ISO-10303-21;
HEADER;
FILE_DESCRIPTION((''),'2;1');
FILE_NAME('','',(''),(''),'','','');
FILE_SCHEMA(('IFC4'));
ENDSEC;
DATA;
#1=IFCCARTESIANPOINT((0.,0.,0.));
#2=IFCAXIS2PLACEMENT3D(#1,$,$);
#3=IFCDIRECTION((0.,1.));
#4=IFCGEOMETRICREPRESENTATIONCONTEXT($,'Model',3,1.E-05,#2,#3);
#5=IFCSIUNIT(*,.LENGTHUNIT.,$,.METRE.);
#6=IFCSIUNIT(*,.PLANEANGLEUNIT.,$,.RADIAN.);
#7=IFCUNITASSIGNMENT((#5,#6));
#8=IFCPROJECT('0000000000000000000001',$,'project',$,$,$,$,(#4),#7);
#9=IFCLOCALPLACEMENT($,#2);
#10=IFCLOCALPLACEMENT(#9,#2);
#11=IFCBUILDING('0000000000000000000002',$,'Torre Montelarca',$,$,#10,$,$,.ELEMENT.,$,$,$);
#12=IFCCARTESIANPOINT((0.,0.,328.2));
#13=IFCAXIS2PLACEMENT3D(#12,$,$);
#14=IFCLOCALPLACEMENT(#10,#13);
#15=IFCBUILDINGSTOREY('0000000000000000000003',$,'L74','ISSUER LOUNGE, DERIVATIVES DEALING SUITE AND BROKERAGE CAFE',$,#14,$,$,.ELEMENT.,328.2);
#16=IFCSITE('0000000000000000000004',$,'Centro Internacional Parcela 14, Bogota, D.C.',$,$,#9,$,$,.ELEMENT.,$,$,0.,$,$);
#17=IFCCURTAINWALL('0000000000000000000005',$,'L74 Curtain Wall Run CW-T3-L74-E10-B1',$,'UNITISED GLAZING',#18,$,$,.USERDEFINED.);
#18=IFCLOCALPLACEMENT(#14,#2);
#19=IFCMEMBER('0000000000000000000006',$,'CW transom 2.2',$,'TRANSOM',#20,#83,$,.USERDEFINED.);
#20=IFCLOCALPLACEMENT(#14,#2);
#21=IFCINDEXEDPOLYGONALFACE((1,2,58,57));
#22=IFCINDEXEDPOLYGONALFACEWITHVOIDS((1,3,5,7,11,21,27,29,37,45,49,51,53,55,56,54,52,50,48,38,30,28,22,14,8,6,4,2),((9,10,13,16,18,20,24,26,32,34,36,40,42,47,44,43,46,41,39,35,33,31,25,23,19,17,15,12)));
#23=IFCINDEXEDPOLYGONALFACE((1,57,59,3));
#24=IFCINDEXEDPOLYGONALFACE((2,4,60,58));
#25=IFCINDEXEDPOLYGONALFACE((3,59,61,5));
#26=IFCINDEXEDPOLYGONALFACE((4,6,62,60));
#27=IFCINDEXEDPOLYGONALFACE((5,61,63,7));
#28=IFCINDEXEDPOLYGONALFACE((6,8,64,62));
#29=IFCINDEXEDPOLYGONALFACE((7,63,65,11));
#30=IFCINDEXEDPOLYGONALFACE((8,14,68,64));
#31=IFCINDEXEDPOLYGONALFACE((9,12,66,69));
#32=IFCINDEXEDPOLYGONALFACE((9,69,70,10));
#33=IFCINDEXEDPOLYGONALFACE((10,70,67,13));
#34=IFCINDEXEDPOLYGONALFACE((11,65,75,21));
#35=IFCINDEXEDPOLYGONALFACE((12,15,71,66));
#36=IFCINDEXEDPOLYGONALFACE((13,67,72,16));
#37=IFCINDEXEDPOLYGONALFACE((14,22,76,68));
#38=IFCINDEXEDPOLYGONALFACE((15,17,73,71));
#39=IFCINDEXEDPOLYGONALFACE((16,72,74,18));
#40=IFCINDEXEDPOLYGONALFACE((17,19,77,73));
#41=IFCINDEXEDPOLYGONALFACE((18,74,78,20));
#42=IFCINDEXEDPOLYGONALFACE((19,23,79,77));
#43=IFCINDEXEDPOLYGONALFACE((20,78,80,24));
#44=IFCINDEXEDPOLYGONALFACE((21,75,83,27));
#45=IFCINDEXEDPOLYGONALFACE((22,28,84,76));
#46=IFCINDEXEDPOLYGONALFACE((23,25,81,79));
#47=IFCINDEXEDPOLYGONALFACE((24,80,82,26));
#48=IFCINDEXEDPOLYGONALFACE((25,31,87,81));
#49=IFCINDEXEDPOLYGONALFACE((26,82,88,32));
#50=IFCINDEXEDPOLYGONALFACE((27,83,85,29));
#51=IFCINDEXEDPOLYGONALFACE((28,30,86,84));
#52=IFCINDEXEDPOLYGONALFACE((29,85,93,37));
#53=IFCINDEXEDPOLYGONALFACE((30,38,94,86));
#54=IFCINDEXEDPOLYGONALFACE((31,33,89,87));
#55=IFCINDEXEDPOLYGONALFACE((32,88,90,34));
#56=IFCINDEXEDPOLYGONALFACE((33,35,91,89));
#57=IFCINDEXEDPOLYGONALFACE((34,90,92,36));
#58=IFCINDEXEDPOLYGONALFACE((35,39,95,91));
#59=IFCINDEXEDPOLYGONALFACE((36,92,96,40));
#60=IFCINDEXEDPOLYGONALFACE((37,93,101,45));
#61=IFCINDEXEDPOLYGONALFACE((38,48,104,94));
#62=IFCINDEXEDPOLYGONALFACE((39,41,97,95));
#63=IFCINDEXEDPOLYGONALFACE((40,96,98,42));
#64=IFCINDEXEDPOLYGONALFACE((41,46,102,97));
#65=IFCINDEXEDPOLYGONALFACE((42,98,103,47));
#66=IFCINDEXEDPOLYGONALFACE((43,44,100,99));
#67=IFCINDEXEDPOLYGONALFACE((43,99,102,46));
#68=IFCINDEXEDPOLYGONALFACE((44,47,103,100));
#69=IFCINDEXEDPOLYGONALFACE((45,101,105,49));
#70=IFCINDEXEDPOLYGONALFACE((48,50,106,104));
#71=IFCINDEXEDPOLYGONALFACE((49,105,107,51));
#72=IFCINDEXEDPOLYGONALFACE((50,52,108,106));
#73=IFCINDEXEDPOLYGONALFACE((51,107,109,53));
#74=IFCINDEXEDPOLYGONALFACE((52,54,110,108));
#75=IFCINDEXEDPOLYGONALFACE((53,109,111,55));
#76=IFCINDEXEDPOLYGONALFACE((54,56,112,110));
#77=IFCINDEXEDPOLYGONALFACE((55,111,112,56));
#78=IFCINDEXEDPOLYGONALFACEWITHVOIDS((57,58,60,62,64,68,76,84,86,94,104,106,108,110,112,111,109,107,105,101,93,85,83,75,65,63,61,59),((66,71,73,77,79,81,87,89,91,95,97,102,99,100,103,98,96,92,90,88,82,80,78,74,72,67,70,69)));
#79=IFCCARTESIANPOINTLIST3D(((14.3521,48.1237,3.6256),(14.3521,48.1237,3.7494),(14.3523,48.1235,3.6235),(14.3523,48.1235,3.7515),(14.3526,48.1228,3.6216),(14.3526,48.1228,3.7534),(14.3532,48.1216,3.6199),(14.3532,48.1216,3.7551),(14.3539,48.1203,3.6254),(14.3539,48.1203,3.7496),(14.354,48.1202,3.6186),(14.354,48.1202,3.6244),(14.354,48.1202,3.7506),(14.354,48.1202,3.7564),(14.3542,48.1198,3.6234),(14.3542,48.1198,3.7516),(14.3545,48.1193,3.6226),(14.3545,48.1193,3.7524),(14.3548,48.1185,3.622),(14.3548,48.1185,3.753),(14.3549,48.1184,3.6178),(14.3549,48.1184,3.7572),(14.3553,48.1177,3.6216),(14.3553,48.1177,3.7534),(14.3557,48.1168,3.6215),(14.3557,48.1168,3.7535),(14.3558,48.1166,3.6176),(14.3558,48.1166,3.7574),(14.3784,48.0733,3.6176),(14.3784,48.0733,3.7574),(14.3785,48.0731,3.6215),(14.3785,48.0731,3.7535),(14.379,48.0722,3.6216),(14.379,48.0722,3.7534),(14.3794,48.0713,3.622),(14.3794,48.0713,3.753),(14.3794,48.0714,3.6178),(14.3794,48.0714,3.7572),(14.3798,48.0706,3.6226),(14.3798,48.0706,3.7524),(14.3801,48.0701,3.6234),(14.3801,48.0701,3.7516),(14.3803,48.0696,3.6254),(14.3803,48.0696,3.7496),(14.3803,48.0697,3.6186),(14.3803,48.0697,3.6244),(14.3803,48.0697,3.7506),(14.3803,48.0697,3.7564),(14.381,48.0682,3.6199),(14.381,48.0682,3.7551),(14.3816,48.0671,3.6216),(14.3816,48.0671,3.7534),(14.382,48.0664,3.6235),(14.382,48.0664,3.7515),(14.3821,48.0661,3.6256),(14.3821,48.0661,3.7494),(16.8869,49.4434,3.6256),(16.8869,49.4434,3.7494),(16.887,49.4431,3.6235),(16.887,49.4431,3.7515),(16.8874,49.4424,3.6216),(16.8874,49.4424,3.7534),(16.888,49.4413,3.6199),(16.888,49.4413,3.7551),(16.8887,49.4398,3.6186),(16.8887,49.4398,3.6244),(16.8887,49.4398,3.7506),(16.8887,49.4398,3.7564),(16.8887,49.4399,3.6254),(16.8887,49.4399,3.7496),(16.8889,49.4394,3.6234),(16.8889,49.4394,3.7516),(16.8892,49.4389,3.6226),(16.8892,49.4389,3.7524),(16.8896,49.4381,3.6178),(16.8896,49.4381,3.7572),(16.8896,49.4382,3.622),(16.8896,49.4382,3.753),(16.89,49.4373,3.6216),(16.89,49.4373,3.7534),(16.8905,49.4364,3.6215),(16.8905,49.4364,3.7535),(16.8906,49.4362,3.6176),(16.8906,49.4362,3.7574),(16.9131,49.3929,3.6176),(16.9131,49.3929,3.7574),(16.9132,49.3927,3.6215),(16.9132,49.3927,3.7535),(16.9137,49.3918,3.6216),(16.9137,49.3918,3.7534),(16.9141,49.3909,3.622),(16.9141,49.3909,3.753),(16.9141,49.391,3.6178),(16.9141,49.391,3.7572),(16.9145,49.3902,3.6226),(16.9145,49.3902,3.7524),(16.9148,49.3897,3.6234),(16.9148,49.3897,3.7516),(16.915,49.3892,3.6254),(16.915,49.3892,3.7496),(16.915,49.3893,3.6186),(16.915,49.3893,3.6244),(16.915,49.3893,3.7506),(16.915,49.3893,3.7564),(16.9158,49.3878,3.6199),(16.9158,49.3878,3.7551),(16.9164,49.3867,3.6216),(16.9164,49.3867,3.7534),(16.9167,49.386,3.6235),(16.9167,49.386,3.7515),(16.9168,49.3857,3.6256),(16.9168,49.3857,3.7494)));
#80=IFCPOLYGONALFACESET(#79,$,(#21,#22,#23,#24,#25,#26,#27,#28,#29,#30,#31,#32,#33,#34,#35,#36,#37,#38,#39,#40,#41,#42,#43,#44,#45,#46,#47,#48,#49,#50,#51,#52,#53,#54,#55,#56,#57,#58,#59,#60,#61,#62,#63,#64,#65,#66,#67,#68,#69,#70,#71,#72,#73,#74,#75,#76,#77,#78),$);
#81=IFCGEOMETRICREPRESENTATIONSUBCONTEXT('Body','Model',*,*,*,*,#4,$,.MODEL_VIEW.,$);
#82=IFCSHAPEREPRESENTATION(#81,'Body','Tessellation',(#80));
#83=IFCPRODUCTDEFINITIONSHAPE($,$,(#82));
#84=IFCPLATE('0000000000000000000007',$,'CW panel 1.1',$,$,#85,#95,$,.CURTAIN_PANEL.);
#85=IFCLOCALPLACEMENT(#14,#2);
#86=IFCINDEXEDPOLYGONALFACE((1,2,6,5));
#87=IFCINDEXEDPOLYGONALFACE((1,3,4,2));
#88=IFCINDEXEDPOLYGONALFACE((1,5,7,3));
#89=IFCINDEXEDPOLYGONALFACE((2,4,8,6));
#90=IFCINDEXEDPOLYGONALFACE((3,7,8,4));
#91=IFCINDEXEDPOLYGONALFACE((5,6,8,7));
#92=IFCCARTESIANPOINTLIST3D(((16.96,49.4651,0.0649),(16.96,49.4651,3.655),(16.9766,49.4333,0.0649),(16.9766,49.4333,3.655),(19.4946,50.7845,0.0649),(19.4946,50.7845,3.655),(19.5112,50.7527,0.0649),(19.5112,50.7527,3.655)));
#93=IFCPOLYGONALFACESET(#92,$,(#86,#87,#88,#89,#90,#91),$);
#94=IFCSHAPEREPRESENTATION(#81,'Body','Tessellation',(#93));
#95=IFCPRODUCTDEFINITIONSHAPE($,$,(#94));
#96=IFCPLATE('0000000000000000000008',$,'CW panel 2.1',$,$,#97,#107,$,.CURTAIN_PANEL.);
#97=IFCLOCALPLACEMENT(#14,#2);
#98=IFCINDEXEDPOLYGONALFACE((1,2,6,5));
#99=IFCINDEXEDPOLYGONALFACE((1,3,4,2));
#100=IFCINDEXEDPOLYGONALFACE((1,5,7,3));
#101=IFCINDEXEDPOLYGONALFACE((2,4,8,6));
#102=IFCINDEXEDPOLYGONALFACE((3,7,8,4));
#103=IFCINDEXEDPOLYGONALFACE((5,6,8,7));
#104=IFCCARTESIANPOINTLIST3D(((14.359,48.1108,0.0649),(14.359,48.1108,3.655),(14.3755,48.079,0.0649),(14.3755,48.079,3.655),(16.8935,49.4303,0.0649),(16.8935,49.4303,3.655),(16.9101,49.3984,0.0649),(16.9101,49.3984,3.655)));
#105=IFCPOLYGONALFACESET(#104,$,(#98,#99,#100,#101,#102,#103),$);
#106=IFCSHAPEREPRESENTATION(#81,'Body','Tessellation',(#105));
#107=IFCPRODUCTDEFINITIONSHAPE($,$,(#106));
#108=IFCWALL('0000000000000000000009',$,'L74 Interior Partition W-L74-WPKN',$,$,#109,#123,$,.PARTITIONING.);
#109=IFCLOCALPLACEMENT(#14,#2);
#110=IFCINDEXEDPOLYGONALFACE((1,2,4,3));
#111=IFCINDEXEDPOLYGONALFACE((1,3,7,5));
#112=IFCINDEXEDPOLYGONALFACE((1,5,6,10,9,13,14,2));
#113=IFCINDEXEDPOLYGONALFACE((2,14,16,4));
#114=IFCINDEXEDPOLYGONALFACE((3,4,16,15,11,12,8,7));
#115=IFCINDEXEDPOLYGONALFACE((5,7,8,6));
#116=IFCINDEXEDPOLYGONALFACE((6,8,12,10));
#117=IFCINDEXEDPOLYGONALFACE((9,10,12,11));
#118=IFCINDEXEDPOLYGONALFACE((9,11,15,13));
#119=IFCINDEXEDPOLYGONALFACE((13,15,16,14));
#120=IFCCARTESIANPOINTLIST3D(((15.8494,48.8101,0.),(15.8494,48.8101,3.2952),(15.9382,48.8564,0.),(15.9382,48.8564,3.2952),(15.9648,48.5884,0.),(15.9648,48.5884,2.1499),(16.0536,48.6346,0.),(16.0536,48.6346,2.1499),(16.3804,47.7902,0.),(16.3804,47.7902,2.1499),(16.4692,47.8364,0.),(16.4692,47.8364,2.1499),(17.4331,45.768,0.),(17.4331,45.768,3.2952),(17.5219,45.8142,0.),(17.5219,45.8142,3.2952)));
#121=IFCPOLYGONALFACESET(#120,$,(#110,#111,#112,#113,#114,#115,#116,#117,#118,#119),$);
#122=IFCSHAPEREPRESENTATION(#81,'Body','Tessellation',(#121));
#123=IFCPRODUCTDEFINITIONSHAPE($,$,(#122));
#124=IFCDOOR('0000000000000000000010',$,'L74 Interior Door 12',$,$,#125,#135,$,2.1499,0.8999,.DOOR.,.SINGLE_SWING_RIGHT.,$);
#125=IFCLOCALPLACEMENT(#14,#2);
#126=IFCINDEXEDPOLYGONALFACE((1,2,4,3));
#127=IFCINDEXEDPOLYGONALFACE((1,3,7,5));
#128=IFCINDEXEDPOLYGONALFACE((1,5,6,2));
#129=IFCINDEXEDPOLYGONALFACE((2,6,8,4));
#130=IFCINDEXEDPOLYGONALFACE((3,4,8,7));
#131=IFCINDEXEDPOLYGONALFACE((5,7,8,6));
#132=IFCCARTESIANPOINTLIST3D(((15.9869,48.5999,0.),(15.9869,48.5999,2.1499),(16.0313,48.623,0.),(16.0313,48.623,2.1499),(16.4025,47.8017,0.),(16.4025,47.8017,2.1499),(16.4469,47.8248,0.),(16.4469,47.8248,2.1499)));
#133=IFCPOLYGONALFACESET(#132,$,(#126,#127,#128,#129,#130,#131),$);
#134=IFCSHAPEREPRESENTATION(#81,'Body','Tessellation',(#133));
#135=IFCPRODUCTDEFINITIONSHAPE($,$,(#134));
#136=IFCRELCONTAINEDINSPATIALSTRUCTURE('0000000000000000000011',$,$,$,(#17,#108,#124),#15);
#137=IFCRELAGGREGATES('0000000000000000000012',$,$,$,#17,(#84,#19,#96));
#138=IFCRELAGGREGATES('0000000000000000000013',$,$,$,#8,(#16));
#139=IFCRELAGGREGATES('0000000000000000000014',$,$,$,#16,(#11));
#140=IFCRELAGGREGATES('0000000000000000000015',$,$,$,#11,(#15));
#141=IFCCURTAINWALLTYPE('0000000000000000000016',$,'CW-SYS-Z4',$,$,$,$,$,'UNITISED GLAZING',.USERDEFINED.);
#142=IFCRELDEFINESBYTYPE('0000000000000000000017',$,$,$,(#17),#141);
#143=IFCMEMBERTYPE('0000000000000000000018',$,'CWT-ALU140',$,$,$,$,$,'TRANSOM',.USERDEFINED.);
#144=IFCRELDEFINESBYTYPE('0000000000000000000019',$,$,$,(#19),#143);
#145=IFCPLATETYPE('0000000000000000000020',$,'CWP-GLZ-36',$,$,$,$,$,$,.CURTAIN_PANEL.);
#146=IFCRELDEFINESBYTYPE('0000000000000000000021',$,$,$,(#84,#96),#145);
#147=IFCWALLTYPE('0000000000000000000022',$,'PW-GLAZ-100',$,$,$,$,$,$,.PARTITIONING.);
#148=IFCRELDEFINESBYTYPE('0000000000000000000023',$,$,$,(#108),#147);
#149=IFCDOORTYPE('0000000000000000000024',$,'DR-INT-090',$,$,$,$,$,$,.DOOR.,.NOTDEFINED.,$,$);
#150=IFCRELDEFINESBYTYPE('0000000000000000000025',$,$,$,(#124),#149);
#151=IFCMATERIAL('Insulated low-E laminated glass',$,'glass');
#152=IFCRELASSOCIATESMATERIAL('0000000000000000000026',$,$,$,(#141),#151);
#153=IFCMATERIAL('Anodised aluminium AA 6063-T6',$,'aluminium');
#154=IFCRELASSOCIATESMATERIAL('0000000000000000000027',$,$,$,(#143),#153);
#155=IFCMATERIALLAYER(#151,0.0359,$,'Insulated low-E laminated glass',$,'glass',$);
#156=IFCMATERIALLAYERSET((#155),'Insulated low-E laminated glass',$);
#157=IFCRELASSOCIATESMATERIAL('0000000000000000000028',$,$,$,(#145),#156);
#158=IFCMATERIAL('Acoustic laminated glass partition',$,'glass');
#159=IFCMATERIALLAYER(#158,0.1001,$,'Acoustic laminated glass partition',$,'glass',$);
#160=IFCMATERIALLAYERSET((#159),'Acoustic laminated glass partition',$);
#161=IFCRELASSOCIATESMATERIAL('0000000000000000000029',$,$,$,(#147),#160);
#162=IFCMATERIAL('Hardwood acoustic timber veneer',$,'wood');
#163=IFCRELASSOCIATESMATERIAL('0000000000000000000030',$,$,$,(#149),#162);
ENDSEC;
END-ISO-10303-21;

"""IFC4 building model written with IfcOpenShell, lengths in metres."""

from ifc_helpers import new_model, si_unit, direction, frame, frame_2d, origin, origin_2d, place, context, subcontext, project, spatial, rectangle, hollow_rectangle, extrude, source, transform, mapped, material, layer, layer_set, material_profile, profile_set, type_object, element, fill, aggregate, save


model = new_model("IFC4")

# Units and contexts
model_context = context("Model", 3, precision=1e-05, world=origin(), true_north=direction((0.0, 1.0)))
body_context = subcontext(model_context, "Body", "Model", "MODEL_VIEW")
ifc_project = project(units=[si_unit("LENGTHUNIT", "METRE"), si_unit("PLANEANGLEUNIT", "RADIAN")], contexts=[model_context])

# Site, building, storey
site_placement = place(None, origin())
site = spatial("IfcSite", under=ifc_project, at=site_placement, Name="Centro Internacional Parcela 14, Bogota, D.C.", CompositionType="ELEMENT", RefElevation=0.0)
building_placement = place(site_placement, origin())
building = spatial("IfcBuilding", under=site, at=building_placement, Name="Torre Montelarca", CompositionType="ELEMENT")
storey_placement = place(building_placement, frame((0.0, 0.0, 328.2)))
storey = spatial("IfcBuildingStorey", under=building, at=storey_placement, Name="L74", Description="ISSUER LOUNGE, DERIVATIVES DEALING SUITE AND BROKERAGE CAFE", CompositionType="ELEMENT", Elevation=328.2)

# Curtain wall, member, plates
ifc_material_1 = material(Name="Insulated low-E laminated glass", Category="glass")
curtain_wall_type = type_object("IfcCurtainWallType", Name="CW-SYS-Z4", ElementType="UNITISED GLAZING", PredefinedType="USERDEFINED", material=ifc_material_1)
curtain_wall_placement = place(storey_placement, origin())
curtain_wall = element("IfcCurtainWall", 1, at=curtain_wall_placement, inside=storey, type_object=curtain_wall_type, Name="L74 Curtain Wall Run CW-T3-L74-E10-B1", ObjectType="UNITISED GLAZING", PredefinedType="USERDEFINED")
ifc_material_2 = material(Name="Anodised aluminium AA 6063-T6", Category="aluminium")
ifc_material_profile_1 = material_profile(ifc_material_2, hollow_rectangle(XDim=0.0649, YDim=0.1399, WallThickness=0.0039, InnerFilletRadius=0.0039, OuterFilletRadius=0.0081, at=origin_2d()), Name="ALU65X140X4", Category="aluminium")
ifc_profile_set_1 = profile_set([ifc_material_profile_1], Name="Anodised aluminium AA 6063-T6")
member_type_1 = type_object("IfcMemberType", Name="CWT-ALU140", ElementType="TRANSOM", PredefinedType="USERDEFINED", material=ifc_profile_set_1)
shared_shape_1 = source(origin(), body_context, "Body", "SweptSolid", [
    extrude(hollow_rectangle(XDim=0.0649, YDim=0.1399, WallThickness=0.0039, InnerFilletRadius=0.0039, OuterFilletRadius=0.0081, at=origin_2d()), origin(), (0.0, 0.0, 1.0), 2.8577),
])
member_1_placement = place(storey_placement, frame((16.9019, 49.4146, 3.6875), z_axis=(-0.886994, -0.46178, 0.0), x_axis=(0.46178, -0.886994, 0.0)))
member_1 = element("IfcMember", 2, at=member_1_placement, type_object=member_type_1, Name="CW transom 2.2", ObjectType="TRANSOM", PredefinedType="USERDEFINED", context=body_context, shape_type="MappedRepresentation", body=[
    mapped(shared_shape_1, transform((0.0, 0.0, 0.0), scale=1.0)),
])
ifc_layer_1 = layer(ifc_material_1, 0.0359, Name="Insulated low-E laminated glass", Category="glass")
ifc_layer_set_1 = layer_set([ifc_layer_1], Name="Insulated low-E laminated glass")
plate_type = type_object("IfcPlateType", Name="CWP-GLZ-36", PredefinedType="CURTAIN_PANEL", material=ifc_layer_set_1)
shared_shape_2 = source(origin(), body_context, "Body", "SweptSolid", [
    extrude(rectangle(XDim=2.8574, YDim=0.0359, at=origin_2d()), origin(), (0.0, 0.0, 1.0), 3.5901),
])
plate_1_placement = place(storey_placement, frame((18.2356, 50.1089, 0.0649), z_axis=(0.0, 0.0, 1.0), x_axis=(-0.887008, -0.461753, 0.0)))
plate_1 = element("IfcPlate", 3, at=plate_1_placement, type_object=plate_type, Name="CW panel 1.1", PredefinedType="CURTAIN_PANEL", context=body_context, shape_type="MappedRepresentation", body=[
    mapped(shared_shape_2, transform((0.0, 0.0, 0.0), scale=1.0)),
])
plate_2_placement = place(storey_placement, frame((15.6345, 48.7546, 0.0649), z_axis=(0.0, 0.0, 1.0), x_axis=(-0.887008, -0.461753, 0.0)))
plate_2 = element("IfcPlate", 4, at=plate_2_placement, type_object=plate_type, Name="CW panel 2.1", PredefinedType="CURTAIN_PANEL", context=body_context, shape_type="MappedRepresentation", body=[
    mapped(shared_shape_2, transform((0.0, 0.0, 0.0), scale=1.0)),
])
aggregate(curtain_wall, [plate_1, member_1, plate_2])

# Wall, opening, door
ifc_material_3 = material(Name="Acoustic laminated glass partition", Category="glass")
ifc_layer_2 = layer(ifc_material_3, 0.1001, Name="Acoustic laminated glass partition", Category="glass")
ifc_layer_set_2 = layer_set([ifc_layer_2], Name="Acoustic laminated glass partition")
wall_type_1 = type_object("IfcWallType", Name="PW-GLAZ-100", PredefinedType="PARTITIONING", material=ifc_layer_set_2)
wall_1_placement = place(storey_placement, frame((15.8938, 48.8333, 0.0), z_axis=(0.0, 0.0, 1.0), x_axis=(0.461761, -0.887005, 0.0)))
wall_1 = element("IfcWall", 5, at=wall_1_placement, inside=storey, type_object=wall_type_1, Name="L74 Interior Partition W-L74-WPKN", PredefinedType="PARTITIONING", context=body_context, shape_type="SweptSolid", body=[
    extrude(rectangle(XDim=3.4297, YDim=0.1001, at=frame_2d((1.7148, 0.0))), origin(), (0.0, 0.0, 1.0), 3.2952),
])
opening_1_placement = place(wall_1_placement, frame((0.25, 0.0, 0.0)))
opening_1 = element("IfcOpeningElement", 6, at=opening_1_placement, cuts=wall_1, PredefinedType="OPENING", context=body_context, shape_type="SweptSolid", body=[
    extrude(rectangle(XDim=0.8999, YDim=2.1499, at=frame_2d((0.45, 1.075))), frame((0.0, 0.0601, 0.0), z_axis=(0.0, -1.0, 0.0), x_axis=(1.0, 0.0, 0.0)), (0.0, 0.0, 1.0), 0.1201),
])
ifc_material_4 = material(Name="Hardwood acoustic timber veneer", Category="wood")
door_type_1 = type_object("IfcDoorType", Name="DR-INT-090", OperationType="NOTDEFINED", PredefinedType="DOOR", material=ifc_material_4)
shared_shape_3 = source(origin(), body_context, "Body", "SweptSolid", [
    extrude(rectangle(XDim=0.8999, YDim=2.1499, at=frame_2d((0.45, 1.075))), frame((0.0, 0.0249, 0.0), z_axis=(0.0, -1.0, 0.0), x_axis=(1.0, 0.0, 0.0)), (0.0, 0.0, 1.0), 0.05),
])
door_1_placement = place(opening_1_placement, origin())
door_1 = element("IfcDoor", 7, at=door_1_placement, inside=storey, type_object=door_type_1, Name="L74 Interior Door 12", OperationType="SINGLE_SWING_RIGHT", OverallHeight=2.1499, OverallWidth=0.8999, PredefinedType="DOOR", context=body_context, shape_type="MappedRepresentation", body=[
    mapped(shared_shape_3, transform((0.0, 0.0, 0.0), scale=1.0)),
])
fill(opening_1, door_1)

save(model, "model.ifc")
